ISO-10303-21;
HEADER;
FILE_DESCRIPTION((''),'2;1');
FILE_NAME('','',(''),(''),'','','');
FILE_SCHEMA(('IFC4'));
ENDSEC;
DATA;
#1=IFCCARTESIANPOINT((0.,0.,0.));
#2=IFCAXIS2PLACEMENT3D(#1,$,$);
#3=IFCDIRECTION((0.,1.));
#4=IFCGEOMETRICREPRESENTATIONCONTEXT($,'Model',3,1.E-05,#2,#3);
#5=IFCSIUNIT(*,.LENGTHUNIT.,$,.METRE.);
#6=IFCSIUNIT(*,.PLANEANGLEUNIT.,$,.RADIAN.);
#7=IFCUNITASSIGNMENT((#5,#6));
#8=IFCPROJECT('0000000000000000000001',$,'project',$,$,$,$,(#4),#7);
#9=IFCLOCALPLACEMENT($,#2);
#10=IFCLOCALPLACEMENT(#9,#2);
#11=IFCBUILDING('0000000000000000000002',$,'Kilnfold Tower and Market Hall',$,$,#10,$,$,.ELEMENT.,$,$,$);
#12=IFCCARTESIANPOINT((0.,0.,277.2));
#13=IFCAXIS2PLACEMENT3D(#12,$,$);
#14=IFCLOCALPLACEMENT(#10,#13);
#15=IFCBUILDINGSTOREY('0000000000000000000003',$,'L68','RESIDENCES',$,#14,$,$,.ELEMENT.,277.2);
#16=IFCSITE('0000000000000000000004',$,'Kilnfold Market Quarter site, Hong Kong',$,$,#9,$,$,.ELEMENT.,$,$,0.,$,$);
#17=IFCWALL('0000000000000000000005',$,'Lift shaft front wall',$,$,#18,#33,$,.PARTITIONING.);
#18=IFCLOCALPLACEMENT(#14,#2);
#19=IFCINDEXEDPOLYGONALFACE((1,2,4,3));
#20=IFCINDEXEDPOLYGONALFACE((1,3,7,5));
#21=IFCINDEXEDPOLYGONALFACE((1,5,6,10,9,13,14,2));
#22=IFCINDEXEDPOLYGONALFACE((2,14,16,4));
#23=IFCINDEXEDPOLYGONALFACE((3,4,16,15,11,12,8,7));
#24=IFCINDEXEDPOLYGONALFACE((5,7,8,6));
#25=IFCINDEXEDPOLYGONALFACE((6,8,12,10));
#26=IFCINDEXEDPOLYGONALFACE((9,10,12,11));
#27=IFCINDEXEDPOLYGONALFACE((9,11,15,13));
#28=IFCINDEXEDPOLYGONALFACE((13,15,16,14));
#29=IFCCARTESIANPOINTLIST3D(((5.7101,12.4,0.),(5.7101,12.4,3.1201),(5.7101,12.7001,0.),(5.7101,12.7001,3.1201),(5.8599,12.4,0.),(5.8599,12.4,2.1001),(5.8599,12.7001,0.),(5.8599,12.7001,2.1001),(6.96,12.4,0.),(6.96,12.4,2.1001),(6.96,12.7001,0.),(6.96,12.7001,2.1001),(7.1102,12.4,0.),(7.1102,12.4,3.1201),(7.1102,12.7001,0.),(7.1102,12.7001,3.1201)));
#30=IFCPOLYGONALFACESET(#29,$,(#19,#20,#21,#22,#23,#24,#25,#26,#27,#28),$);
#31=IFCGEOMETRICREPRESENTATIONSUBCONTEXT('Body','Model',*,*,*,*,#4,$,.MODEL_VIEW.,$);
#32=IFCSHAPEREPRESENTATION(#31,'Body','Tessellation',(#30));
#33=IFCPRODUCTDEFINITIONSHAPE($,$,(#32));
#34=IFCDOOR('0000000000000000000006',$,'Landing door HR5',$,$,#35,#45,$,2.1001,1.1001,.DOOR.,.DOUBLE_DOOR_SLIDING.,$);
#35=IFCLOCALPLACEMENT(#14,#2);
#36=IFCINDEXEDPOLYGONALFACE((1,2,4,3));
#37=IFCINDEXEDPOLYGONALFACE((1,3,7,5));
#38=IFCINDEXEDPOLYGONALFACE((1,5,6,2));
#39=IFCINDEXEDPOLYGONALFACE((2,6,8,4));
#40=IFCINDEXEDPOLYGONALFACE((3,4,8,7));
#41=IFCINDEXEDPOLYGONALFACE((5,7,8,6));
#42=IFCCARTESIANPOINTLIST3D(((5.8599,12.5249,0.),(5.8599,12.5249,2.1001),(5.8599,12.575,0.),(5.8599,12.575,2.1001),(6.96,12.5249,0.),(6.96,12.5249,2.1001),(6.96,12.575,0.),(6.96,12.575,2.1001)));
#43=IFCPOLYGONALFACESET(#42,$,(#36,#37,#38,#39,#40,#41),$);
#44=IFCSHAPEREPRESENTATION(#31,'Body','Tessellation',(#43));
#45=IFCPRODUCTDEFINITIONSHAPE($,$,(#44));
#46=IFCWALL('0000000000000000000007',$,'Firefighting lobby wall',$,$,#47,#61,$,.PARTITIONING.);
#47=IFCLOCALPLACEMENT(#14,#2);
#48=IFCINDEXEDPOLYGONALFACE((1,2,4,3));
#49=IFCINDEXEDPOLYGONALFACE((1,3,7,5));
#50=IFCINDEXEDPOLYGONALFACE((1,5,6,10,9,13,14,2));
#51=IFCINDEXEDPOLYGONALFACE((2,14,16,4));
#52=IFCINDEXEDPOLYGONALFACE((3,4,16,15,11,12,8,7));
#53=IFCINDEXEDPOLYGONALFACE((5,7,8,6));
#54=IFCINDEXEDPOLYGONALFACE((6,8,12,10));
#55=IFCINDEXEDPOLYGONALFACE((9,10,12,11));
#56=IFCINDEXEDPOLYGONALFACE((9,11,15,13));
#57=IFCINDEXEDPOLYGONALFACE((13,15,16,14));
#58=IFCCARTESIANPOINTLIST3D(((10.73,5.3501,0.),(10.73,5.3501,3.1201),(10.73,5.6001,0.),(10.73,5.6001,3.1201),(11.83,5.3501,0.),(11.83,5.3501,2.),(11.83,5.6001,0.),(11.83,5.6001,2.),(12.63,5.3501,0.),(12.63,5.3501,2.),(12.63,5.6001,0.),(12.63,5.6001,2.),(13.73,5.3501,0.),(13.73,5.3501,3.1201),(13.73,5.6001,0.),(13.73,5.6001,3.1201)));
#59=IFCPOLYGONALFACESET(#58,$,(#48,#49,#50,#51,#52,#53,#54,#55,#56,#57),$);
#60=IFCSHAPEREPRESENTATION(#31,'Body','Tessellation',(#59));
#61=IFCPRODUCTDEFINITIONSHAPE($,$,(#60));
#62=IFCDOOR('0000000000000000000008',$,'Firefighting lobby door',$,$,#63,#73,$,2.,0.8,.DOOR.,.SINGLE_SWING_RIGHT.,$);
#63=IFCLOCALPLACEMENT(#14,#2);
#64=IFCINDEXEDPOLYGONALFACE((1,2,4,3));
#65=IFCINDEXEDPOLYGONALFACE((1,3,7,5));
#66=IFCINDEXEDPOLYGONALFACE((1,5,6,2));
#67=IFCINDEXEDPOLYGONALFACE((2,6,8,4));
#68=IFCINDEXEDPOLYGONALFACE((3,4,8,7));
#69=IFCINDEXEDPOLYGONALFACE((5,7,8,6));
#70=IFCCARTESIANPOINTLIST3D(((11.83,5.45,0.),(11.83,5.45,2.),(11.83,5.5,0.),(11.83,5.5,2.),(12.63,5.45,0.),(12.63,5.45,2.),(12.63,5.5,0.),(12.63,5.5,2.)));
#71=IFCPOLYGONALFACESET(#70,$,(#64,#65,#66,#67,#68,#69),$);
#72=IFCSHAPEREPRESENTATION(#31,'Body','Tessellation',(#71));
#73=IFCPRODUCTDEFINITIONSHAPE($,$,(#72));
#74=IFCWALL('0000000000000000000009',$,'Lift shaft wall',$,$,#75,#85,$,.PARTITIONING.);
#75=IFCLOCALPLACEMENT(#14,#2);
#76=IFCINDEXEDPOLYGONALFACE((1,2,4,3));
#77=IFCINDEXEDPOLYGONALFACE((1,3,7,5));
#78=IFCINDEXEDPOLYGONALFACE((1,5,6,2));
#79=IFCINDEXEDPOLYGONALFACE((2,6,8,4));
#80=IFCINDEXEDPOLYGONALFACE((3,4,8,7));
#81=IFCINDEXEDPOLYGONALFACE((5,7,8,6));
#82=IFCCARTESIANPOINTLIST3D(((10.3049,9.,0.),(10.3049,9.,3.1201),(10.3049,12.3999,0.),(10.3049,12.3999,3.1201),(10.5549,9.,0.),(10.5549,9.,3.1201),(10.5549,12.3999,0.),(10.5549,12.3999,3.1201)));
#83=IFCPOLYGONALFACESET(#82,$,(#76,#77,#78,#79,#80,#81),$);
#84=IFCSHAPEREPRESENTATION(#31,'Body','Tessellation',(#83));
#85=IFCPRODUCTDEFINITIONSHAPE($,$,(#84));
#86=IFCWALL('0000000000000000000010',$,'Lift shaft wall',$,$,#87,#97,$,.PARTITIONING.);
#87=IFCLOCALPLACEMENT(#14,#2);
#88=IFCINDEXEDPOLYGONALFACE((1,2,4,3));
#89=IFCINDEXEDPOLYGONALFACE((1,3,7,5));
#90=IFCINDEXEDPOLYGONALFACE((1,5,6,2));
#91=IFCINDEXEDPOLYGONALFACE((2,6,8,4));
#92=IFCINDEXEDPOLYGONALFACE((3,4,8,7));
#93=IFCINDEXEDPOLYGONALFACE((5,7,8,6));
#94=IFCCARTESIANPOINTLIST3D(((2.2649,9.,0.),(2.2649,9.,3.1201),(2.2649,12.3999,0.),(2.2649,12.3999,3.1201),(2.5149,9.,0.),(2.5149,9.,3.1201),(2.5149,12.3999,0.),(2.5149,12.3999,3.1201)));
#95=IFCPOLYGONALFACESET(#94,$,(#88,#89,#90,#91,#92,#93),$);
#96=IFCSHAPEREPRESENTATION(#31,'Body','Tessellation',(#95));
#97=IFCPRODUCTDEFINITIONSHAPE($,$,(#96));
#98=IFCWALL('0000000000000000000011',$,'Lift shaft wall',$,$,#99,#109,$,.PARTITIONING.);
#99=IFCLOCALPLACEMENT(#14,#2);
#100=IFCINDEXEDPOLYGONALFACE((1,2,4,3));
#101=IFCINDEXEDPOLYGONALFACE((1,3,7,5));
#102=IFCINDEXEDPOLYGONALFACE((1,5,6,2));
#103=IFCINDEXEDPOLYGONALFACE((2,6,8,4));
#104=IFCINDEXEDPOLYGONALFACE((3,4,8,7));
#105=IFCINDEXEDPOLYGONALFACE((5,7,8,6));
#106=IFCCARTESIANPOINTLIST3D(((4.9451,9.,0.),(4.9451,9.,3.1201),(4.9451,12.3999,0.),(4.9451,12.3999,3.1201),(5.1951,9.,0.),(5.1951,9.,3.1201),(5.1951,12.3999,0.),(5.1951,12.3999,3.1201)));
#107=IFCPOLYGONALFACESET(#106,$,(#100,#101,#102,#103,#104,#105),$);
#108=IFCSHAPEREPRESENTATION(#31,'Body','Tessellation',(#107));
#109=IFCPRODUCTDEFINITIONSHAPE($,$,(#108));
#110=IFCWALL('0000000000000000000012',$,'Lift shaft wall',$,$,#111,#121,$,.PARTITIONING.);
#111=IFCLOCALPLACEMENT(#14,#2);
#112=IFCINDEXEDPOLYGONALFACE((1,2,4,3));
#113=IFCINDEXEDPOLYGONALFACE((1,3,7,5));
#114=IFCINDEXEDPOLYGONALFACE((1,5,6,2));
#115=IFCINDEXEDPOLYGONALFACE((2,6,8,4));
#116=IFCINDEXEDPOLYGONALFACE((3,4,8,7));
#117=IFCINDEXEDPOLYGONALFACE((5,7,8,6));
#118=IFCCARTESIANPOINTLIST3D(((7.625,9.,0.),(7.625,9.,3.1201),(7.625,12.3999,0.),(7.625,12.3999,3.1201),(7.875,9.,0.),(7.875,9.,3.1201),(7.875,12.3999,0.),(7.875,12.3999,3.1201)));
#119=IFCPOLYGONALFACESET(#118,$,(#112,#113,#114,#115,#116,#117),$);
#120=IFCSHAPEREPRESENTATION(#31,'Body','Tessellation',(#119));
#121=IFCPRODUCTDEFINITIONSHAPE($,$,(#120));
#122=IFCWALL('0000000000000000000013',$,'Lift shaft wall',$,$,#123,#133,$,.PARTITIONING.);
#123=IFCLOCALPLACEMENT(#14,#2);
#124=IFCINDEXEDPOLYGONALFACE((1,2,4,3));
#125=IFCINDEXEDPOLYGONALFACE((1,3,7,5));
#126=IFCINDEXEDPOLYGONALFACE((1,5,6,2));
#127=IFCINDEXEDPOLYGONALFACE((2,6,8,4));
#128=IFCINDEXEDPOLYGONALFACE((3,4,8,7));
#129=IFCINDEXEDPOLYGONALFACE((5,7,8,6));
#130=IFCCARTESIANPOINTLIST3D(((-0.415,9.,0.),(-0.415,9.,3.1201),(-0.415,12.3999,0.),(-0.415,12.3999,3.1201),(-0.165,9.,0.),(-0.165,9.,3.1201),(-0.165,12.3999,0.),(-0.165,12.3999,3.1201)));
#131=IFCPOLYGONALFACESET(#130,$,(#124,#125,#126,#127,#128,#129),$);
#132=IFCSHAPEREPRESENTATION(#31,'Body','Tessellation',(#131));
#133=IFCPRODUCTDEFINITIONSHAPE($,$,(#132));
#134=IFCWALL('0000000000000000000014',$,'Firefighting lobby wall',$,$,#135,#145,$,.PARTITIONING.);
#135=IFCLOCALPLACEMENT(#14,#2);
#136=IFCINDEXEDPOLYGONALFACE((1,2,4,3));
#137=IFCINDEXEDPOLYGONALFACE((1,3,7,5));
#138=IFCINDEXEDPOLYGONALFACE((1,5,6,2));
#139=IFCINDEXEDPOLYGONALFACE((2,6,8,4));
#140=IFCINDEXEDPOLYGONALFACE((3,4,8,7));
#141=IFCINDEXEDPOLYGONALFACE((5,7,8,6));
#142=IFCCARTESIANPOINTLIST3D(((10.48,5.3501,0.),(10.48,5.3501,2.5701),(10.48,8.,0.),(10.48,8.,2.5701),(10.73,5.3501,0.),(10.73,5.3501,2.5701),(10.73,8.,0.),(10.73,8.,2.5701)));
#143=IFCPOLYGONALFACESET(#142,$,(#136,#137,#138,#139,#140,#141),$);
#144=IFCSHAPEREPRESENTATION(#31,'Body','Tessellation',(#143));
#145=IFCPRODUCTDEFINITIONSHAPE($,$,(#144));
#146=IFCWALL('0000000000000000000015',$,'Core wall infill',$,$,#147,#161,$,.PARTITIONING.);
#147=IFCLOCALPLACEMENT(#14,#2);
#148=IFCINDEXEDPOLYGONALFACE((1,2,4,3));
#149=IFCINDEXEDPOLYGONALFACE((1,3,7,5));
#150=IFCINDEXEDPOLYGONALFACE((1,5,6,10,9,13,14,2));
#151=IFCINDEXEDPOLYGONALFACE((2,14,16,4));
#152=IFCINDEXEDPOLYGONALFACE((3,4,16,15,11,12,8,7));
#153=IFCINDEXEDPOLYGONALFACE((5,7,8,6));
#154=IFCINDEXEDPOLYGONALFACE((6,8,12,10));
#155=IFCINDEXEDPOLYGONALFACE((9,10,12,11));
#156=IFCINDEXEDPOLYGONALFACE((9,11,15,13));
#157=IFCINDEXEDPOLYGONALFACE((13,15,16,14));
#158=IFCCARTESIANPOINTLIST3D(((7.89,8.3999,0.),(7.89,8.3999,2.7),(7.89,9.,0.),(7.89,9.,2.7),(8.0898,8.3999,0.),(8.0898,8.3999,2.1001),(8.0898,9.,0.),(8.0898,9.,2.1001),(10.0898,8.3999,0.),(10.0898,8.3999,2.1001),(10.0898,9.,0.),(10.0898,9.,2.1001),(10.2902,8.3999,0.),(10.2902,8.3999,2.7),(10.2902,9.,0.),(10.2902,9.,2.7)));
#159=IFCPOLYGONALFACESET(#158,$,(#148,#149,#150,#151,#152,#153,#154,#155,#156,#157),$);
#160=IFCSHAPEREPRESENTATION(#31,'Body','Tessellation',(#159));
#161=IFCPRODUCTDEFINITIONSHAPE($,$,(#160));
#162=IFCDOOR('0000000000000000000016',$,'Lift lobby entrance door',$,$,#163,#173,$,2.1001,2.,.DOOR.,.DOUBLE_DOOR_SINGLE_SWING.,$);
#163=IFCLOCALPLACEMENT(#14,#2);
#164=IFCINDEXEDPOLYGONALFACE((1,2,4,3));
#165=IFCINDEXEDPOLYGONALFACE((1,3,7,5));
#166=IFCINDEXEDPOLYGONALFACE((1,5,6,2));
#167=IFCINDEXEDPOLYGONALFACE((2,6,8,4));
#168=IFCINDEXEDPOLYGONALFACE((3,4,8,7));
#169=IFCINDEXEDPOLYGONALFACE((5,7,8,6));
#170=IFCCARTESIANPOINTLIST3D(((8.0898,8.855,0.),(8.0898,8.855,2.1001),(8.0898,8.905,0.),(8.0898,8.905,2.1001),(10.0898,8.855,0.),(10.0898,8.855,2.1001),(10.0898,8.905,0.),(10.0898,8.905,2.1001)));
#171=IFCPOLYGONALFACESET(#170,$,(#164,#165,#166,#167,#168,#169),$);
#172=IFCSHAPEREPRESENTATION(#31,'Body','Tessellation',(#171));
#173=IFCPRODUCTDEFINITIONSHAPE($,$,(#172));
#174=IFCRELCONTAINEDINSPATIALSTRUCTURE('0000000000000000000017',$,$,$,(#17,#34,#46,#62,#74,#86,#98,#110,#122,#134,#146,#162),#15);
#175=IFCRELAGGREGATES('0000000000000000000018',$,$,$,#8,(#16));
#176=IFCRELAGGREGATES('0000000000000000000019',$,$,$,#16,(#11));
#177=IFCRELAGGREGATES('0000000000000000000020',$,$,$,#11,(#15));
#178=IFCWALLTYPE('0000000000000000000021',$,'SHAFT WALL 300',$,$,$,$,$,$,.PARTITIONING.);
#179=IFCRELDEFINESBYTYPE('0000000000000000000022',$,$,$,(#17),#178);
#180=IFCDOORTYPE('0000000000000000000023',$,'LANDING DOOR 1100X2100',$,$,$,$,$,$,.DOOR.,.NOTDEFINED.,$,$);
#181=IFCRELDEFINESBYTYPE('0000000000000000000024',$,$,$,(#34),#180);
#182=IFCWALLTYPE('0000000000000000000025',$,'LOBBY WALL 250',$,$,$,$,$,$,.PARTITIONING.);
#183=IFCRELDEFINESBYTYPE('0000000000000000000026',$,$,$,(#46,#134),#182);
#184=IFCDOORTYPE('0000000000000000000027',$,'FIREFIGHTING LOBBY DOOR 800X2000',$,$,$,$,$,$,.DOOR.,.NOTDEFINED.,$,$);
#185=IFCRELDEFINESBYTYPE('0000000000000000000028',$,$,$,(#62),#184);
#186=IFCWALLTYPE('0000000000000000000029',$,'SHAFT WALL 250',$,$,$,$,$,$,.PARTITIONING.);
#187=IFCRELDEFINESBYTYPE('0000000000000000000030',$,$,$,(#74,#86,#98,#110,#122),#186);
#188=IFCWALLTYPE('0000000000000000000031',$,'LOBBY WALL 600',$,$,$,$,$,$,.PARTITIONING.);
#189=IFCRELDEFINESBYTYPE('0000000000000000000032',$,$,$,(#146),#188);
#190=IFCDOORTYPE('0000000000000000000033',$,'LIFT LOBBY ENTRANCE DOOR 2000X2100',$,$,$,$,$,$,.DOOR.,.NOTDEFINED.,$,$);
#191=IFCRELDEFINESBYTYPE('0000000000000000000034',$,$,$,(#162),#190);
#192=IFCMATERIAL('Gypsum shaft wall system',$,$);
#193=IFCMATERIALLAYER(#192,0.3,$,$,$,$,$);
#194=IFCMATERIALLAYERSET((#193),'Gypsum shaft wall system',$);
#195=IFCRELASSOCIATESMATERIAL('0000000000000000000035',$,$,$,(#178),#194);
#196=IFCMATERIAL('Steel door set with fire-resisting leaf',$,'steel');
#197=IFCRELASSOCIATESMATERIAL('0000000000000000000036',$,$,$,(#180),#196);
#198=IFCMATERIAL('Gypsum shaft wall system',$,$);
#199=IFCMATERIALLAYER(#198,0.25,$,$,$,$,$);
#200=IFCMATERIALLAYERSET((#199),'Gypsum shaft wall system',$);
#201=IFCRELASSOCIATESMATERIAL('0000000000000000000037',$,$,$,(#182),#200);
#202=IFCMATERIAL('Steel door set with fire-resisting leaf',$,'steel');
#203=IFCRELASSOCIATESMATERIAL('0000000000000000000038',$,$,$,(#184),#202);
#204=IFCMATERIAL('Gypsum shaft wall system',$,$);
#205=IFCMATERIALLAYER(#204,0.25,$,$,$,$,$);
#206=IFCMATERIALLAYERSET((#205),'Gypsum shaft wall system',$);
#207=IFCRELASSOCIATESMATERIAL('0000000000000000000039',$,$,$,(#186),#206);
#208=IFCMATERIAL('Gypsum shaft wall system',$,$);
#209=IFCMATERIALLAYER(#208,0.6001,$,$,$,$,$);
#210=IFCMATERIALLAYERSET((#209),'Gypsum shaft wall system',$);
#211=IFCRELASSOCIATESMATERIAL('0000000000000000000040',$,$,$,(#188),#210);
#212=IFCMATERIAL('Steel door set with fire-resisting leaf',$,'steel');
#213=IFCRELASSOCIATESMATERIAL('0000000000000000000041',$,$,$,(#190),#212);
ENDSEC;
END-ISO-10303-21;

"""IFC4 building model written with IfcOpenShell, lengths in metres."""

from ifc_helpers import new_model, si_unit, direction, frame, frame_2d, origin, place, context, subcontext, project, spatial, rectangle, extrude, source, transform, mapped, material, layer, layer_set, type_object, element, fill, save


model = new_model("IFC4")

# Units and contexts
model_context = context("Model", 3, precision=1e-05, world=origin(), true_north=direction((0.0, 1.0)))
body_context = subcontext(model_context, "Body", "Model", "MODEL_VIEW")
ifc_project = project(units=[si_unit("LENGTHUNIT", "METRE"), si_unit("PLANEANGLEUNIT", "RADIAN")], contexts=[model_context])

# Site, building, storey
site_placement = place(None, origin())
site = spatial("IfcSite", under=ifc_project, at=site_placement, Name="Kilnfold Market Quarter site, Hong Kong", CompositionType="ELEMENT", RefElevation=0.0)
building_placement = place(site_placement, origin())
building = spatial("IfcBuilding", under=site, at=building_placement, Name="Kilnfold Tower and Market Hall", CompositionType="ELEMENT")
storey_placement = place(building_placement, frame((0.0, 0.0, 277.2)))
storey = spatial("IfcBuildingStorey", under=building, at=storey_placement, Name="L68", Description="RESIDENCES", CompositionType="ELEMENT", Elevation=277.2)

# Walls, openings, doors
ifc_material_1 = material(Name="Gypsum shaft wall system")
ifc_layer_1 = layer(ifc_material_1, 0.3)
ifc_layer_set_1 = layer_set([ifc_layer_1], Name="Gypsum shaft wall system")
wall_type_1 = type_object("IfcWallType", Name="SHAFT WALL 300", PredefinedType="PARTITIONING", material=ifc_layer_set_1)
ifc_material_2 = material(Name="Steel door set with fire-resisting leaf", Category="steel")
door_type_1 = type_object("IfcDoorType", Name="LANDING DOOR 1100X2100", OperationType="NOTDEFINED", PredefinedType="DOOR", material=ifc_material_2)
shared_shape_1 = source(origin(), body_context, "Body", "SweptSolid", [
    extrude(rectangle(XDim=1.4001, YDim=0.3, at=frame_2d((0.7002, 0.0))), origin(), (0.0, 0.0, 1.0), 3.1201),
])
wall_1_placement = place(storey_placement, frame((5.71, 12.55, 0.0), z_axis=(0.0, 0.0, 1.0), x_axis=(1.0, 0.0, 0.0)))
wall_1 = element("IfcWall", 1, at=wall_1_placement, inside=storey, type_object=wall_type_1, Name="Lift shaft front wall", PredefinedType="PARTITIONING", context=body_context, shape_type="MappedRepresentation", body=[
    mapped(shared_shape_1, transform((0.0, 0.0, 0.0))),
])
opening_1_placement = place(wall_1_placement, frame((0.1499, 0.0, 0.0)))
opening_1 = element("IfcOpeningElement", 2, at=opening_1_placement, cuts=wall_1, PredefinedType="OPENING", context=body_context, shape_type="SweptSolid", body=[
    extrude(rectangle(XDim=1.1001, YDim=2.1001, at=frame_2d((0.55, 1.05))), frame((0.0, 0.1602, 0.0), z_axis=(0.0, -1.0, 0.0), x_axis=(1.0, 0.0, 0.0)), (0.0, 0.0, 1.0), 0.3201),
])
door_1_placement = place(opening_1_placement, origin())
door_1 = element("IfcDoor", 3, at=door_1_placement, inside=storey, type_object=door_type_1, Name="Landing door HR5", OperationType="DOUBLE_DOOR_SLIDING", OverallHeight=2.1001, OverallWidth=1.1001, PredefinedType="DOOR", context=body_context, shape_type="SweptSolid", body=[
    extrude(rectangle(XDim=1.1001, YDim=2.1001, at=frame_2d((0.55, 1.05))), frame((0.0, 0.0249, 0.0), z_axis=(0.0, -1.0, 0.0), x_axis=(1.0, 0.0, 0.0)), (0.0, 0.0, 1.0), 0.05),
])
fill(opening_1, door_1)
ifc_material_3 = material(Name="Gypsum shaft wall system")
ifc_layer_2 = layer(ifc_material_3, 0.25)
ifc_layer_set_2 = layer_set([ifc_layer_2], Name="Gypsum shaft wall system")
wall_type_2 = type_object("IfcWallType", Name="LOBBY WALL 250", PredefinedType="PARTITIONING", material=ifc_layer_set_2)
shared_shape_2 = source(origin(), body_context, "Body", "SweptSolid", [
    extrude(rectangle(XDim=3.0, YDim=0.25, at=frame_2d((1.5, 0.0))), origin(), (0.0, 0.0, 1.0), 3.1201),
])
wall_2_placement = place(storey_placement, frame((10.73, 5.4751, 0.0), z_axis=(0.0, 0.0, 1.0), x_axis=(1.0, 0.0, 0.0)))
wall_2 = element("IfcWall", 4, at=wall_2_placement, inside=storey, type_object=wall_type_2, Name="Firefighting lobby wall", PredefinedType="PARTITIONING", context=body_context, shape_type="MappedRepresentation", body=[
    mapped(shared_shape_2, transform((0.0, 0.0, 0.0))),
])
opening_2_placement = place(wall_2_placement, frame((1.1001, 0.0, 0.0)))
opening_2 = element("IfcOpeningElement", 5, at=opening_2_placement, cuts=wall_2, PredefinedType="OPENING", context=body_context, shape_type="SweptSolid", body=[
    extrude(rectangle(XDim=0.8, YDim=2.0, at=frame_2d((0.3999, 1.0))), frame((0.0, 0.135, 0.0), z_axis=(0.0, -1.0, 0.0), x_axis=(1.0, 0.0, 0.0)), (0.0, 0.0, 1.0), 0.27),
])
ifc_material_4 = material(Name="Steel door set with fire-resisting leaf", Category="steel")
door_type_2 = type_object("IfcDoorType", Name="FIREFIGHTING LOBBY DOOR 800X2000", OperationType="NOTDEFINED", PredefinedType="DOOR", material=ifc_material_4)
door_2_placement = place(opening_2_placement, origin())
door_2 = element("IfcDoor", 6, at=door_2_placement, inside=storey, type_object=door_type_2, Name="Firefighting lobby door", OperationType="SINGLE_SWING_RIGHT", OverallHeight=2.0, OverallWidth=0.8, PredefinedType="DOOR", context=body_context, shape_type="SweptSolid", body=[
    extrude(rectangle(XDim=0.8, YDim=2.0, at=frame_2d((0.3999, 1.0))), frame((0.0, 0.0249, 0.0), z_axis=(0.0, -1.0, 0.0), x_axis=(1.0, 0.0, 0.0)), (0.0, 0.0, 1.0), 0.05),
])
fill(opening_2, door_2)

# Walls
ifc_material_5 = material(Name="Gypsum shaft wall system")
ifc_layer_3 = layer(ifc_material_5, 0.25)
ifc_layer_set_3 = layer_set([ifc_layer_3], Name="Gypsum shaft wall system")
wall_type_3 = type_object("IfcWallType", Name="SHAFT WALL 250", PredefinedType="PARTITIONING", material=ifc_layer_set_3)
shared_shape_3 = source(origin(), body_context, "Body", "SweptSolid", [
    extrude(rectangle(XDim=3.3999, YDim=0.25, at=frame_2d((1.7, 0.0))), origin(), (0.0, 0.0, 1.0), 3.1201),
])
for number, where, z_axis, x_axis, name in (
    (7, (10.4299, 9.0, 0.0), (0.0, 0.0, 1.0), (0.0, 1.0, 0.0), "Lift shaft wall"),
    (8, (2.3899, 9.0, 0.0), (0.0, 0.0, 1.0), (0.0, 1.0, 0.0), "Lift shaft wall"),
    (9, (5.0701, 9.0, 0.0), (0.0, 0.0, 1.0), (0.0, 1.0, 0.0), "Lift shaft wall"),
    (10, (7.75, 9.0, 0.0), (0.0, 0.0, 1.0), (0.0, 1.0, 0.0), "Lift shaft wall"),
    (11, (-0.29, 9.0, 0.0), (0.0, 0.0, 1.0), (0.0, 1.0, 0.0), "Lift shaft wall"),
):
    element("IfcWall", number, at=place(storey_placement, frame(where, z_axis=z_axis, x_axis=x_axis)), inside=storey, type_object=wall_type_3, Name=name, PredefinedType="PARTITIONING", context=body_context, shape_type="MappedRepresentation", body=[
        mapped(shared_shape_3, transform((0.0, 0.0, 0.0))),
    ])
shared_shape_4 = source(origin(), body_context, "Body", "SweptSolid", [
    extrude(rectangle(XDim=2.6499, YDim=0.25, at=frame_2d((1.325, 0.0))), origin(), (0.0, 0.0, 1.0), 2.5701),
])
wall_3_placement = place(storey_placement, frame((10.605, 5.3501, 0.0), z_axis=(0.0, 0.0, 1.0), x_axis=(0.0, 1.0, 0.0)))
element("IfcWall", 12, at=wall_3_placement, inside=storey, type_object=wall_type_2, Name="Firefighting lobby wall", PredefinedType="PARTITIONING", context=body_context, shape_type="MappedRepresentation", body=[
    mapped(shared_shape_4, transform((0.0, 0.0, 0.0))),
])

# Wall, opening, door
ifc_material_6 = material(Name="Gypsum shaft wall system")
ifc_layer_4 = layer(ifc_material_6, 0.6001)
ifc_layer_set_4 = layer_set([ifc_layer_4], Name="Gypsum shaft wall system")
wall_type_4 = type_object("IfcWallType", Name="LOBBY WALL 600", PredefinedType="PARTITIONING", material=ifc_layer_set_4)
shared_shape_5 = source(origin(), body_context, "Body", "SweptSolid", [
    extrude(rectangle(XDim=2.4001, YDim=0.6001, at=frame_2d((1.2002, 0.0))), origin(), (0.0, 0.0, 1.0), 2.7),
])
wall_4_placement = place(storey_placement, frame((7.8899, 8.7, 0.0), z_axis=(0.0, 0.0, 1.0), x_axis=(1.0, 0.0, 0.0)))
wall_4 = element("IfcWall", 13, at=wall_4_placement, inside=storey, type_object=wall_type_4, Name="Core wall infill", PredefinedType="PARTITIONING", context=body_context, shape_type="MappedRepresentation", body=[
    mapped(shared_shape_5, transform((0.0, 0.0, 0.0))),
])
opening_3_placement = place(wall_4_placement, frame((0.2, 0.0, 0.0)))
opening_3 = element("IfcOpeningElement", 14, at=opening_3_placement, cuts=wall_4, PredefinedType="OPENING", context=body_context, shape_type="SweptSolid", body=[
    extrude(rectangle(XDim=2.0, YDim=2.1001, at=frame_2d((1.0, 1.05))), frame((0.0, 0.3101, 0.0), z_axis=(0.0, -1.0, 0.0), x_axis=(1.0, 0.0, 0.0)), (0.0, 0.0, 1.0), 0.6201),
])
ifc_material_7 = material(Name="Steel door set with fire-resisting leaf", Category="steel")
door_type_3 = type_object("IfcDoorType", Name="LIFT LOBBY ENTRANCE DOOR 2000X2100", OperationType="NOTDEFINED", PredefinedType="DOOR", material=ifc_material_7)
door_3_placement = place(opening_3_placement, origin())
door_3 = element("IfcDoor", 15, at=door_3_placement, inside=storey, type_object=door_type_3, Name="Lift lobby entrance door", OperationType="DOUBLE_DOOR_SINGLE_SWING", OverallHeight=2.1001, OverallWidth=2.0, PredefinedType="DOOR", context=body_context, shape_type="SweptSolid", body=[
    extrude(rectangle(XDim=2.0, YDim=2.1001, at=frame_2d((1.0, 1.05))), frame((0.0, 0.2051, 0.0), z_axis=(0.0, -1.0, 0.0), x_axis=(1.0, 0.0, 0.0)), (0.0, 0.0, 1.0), 0.05),
])
fill(opening_3, door_3)

save(model, "model.ifc")
